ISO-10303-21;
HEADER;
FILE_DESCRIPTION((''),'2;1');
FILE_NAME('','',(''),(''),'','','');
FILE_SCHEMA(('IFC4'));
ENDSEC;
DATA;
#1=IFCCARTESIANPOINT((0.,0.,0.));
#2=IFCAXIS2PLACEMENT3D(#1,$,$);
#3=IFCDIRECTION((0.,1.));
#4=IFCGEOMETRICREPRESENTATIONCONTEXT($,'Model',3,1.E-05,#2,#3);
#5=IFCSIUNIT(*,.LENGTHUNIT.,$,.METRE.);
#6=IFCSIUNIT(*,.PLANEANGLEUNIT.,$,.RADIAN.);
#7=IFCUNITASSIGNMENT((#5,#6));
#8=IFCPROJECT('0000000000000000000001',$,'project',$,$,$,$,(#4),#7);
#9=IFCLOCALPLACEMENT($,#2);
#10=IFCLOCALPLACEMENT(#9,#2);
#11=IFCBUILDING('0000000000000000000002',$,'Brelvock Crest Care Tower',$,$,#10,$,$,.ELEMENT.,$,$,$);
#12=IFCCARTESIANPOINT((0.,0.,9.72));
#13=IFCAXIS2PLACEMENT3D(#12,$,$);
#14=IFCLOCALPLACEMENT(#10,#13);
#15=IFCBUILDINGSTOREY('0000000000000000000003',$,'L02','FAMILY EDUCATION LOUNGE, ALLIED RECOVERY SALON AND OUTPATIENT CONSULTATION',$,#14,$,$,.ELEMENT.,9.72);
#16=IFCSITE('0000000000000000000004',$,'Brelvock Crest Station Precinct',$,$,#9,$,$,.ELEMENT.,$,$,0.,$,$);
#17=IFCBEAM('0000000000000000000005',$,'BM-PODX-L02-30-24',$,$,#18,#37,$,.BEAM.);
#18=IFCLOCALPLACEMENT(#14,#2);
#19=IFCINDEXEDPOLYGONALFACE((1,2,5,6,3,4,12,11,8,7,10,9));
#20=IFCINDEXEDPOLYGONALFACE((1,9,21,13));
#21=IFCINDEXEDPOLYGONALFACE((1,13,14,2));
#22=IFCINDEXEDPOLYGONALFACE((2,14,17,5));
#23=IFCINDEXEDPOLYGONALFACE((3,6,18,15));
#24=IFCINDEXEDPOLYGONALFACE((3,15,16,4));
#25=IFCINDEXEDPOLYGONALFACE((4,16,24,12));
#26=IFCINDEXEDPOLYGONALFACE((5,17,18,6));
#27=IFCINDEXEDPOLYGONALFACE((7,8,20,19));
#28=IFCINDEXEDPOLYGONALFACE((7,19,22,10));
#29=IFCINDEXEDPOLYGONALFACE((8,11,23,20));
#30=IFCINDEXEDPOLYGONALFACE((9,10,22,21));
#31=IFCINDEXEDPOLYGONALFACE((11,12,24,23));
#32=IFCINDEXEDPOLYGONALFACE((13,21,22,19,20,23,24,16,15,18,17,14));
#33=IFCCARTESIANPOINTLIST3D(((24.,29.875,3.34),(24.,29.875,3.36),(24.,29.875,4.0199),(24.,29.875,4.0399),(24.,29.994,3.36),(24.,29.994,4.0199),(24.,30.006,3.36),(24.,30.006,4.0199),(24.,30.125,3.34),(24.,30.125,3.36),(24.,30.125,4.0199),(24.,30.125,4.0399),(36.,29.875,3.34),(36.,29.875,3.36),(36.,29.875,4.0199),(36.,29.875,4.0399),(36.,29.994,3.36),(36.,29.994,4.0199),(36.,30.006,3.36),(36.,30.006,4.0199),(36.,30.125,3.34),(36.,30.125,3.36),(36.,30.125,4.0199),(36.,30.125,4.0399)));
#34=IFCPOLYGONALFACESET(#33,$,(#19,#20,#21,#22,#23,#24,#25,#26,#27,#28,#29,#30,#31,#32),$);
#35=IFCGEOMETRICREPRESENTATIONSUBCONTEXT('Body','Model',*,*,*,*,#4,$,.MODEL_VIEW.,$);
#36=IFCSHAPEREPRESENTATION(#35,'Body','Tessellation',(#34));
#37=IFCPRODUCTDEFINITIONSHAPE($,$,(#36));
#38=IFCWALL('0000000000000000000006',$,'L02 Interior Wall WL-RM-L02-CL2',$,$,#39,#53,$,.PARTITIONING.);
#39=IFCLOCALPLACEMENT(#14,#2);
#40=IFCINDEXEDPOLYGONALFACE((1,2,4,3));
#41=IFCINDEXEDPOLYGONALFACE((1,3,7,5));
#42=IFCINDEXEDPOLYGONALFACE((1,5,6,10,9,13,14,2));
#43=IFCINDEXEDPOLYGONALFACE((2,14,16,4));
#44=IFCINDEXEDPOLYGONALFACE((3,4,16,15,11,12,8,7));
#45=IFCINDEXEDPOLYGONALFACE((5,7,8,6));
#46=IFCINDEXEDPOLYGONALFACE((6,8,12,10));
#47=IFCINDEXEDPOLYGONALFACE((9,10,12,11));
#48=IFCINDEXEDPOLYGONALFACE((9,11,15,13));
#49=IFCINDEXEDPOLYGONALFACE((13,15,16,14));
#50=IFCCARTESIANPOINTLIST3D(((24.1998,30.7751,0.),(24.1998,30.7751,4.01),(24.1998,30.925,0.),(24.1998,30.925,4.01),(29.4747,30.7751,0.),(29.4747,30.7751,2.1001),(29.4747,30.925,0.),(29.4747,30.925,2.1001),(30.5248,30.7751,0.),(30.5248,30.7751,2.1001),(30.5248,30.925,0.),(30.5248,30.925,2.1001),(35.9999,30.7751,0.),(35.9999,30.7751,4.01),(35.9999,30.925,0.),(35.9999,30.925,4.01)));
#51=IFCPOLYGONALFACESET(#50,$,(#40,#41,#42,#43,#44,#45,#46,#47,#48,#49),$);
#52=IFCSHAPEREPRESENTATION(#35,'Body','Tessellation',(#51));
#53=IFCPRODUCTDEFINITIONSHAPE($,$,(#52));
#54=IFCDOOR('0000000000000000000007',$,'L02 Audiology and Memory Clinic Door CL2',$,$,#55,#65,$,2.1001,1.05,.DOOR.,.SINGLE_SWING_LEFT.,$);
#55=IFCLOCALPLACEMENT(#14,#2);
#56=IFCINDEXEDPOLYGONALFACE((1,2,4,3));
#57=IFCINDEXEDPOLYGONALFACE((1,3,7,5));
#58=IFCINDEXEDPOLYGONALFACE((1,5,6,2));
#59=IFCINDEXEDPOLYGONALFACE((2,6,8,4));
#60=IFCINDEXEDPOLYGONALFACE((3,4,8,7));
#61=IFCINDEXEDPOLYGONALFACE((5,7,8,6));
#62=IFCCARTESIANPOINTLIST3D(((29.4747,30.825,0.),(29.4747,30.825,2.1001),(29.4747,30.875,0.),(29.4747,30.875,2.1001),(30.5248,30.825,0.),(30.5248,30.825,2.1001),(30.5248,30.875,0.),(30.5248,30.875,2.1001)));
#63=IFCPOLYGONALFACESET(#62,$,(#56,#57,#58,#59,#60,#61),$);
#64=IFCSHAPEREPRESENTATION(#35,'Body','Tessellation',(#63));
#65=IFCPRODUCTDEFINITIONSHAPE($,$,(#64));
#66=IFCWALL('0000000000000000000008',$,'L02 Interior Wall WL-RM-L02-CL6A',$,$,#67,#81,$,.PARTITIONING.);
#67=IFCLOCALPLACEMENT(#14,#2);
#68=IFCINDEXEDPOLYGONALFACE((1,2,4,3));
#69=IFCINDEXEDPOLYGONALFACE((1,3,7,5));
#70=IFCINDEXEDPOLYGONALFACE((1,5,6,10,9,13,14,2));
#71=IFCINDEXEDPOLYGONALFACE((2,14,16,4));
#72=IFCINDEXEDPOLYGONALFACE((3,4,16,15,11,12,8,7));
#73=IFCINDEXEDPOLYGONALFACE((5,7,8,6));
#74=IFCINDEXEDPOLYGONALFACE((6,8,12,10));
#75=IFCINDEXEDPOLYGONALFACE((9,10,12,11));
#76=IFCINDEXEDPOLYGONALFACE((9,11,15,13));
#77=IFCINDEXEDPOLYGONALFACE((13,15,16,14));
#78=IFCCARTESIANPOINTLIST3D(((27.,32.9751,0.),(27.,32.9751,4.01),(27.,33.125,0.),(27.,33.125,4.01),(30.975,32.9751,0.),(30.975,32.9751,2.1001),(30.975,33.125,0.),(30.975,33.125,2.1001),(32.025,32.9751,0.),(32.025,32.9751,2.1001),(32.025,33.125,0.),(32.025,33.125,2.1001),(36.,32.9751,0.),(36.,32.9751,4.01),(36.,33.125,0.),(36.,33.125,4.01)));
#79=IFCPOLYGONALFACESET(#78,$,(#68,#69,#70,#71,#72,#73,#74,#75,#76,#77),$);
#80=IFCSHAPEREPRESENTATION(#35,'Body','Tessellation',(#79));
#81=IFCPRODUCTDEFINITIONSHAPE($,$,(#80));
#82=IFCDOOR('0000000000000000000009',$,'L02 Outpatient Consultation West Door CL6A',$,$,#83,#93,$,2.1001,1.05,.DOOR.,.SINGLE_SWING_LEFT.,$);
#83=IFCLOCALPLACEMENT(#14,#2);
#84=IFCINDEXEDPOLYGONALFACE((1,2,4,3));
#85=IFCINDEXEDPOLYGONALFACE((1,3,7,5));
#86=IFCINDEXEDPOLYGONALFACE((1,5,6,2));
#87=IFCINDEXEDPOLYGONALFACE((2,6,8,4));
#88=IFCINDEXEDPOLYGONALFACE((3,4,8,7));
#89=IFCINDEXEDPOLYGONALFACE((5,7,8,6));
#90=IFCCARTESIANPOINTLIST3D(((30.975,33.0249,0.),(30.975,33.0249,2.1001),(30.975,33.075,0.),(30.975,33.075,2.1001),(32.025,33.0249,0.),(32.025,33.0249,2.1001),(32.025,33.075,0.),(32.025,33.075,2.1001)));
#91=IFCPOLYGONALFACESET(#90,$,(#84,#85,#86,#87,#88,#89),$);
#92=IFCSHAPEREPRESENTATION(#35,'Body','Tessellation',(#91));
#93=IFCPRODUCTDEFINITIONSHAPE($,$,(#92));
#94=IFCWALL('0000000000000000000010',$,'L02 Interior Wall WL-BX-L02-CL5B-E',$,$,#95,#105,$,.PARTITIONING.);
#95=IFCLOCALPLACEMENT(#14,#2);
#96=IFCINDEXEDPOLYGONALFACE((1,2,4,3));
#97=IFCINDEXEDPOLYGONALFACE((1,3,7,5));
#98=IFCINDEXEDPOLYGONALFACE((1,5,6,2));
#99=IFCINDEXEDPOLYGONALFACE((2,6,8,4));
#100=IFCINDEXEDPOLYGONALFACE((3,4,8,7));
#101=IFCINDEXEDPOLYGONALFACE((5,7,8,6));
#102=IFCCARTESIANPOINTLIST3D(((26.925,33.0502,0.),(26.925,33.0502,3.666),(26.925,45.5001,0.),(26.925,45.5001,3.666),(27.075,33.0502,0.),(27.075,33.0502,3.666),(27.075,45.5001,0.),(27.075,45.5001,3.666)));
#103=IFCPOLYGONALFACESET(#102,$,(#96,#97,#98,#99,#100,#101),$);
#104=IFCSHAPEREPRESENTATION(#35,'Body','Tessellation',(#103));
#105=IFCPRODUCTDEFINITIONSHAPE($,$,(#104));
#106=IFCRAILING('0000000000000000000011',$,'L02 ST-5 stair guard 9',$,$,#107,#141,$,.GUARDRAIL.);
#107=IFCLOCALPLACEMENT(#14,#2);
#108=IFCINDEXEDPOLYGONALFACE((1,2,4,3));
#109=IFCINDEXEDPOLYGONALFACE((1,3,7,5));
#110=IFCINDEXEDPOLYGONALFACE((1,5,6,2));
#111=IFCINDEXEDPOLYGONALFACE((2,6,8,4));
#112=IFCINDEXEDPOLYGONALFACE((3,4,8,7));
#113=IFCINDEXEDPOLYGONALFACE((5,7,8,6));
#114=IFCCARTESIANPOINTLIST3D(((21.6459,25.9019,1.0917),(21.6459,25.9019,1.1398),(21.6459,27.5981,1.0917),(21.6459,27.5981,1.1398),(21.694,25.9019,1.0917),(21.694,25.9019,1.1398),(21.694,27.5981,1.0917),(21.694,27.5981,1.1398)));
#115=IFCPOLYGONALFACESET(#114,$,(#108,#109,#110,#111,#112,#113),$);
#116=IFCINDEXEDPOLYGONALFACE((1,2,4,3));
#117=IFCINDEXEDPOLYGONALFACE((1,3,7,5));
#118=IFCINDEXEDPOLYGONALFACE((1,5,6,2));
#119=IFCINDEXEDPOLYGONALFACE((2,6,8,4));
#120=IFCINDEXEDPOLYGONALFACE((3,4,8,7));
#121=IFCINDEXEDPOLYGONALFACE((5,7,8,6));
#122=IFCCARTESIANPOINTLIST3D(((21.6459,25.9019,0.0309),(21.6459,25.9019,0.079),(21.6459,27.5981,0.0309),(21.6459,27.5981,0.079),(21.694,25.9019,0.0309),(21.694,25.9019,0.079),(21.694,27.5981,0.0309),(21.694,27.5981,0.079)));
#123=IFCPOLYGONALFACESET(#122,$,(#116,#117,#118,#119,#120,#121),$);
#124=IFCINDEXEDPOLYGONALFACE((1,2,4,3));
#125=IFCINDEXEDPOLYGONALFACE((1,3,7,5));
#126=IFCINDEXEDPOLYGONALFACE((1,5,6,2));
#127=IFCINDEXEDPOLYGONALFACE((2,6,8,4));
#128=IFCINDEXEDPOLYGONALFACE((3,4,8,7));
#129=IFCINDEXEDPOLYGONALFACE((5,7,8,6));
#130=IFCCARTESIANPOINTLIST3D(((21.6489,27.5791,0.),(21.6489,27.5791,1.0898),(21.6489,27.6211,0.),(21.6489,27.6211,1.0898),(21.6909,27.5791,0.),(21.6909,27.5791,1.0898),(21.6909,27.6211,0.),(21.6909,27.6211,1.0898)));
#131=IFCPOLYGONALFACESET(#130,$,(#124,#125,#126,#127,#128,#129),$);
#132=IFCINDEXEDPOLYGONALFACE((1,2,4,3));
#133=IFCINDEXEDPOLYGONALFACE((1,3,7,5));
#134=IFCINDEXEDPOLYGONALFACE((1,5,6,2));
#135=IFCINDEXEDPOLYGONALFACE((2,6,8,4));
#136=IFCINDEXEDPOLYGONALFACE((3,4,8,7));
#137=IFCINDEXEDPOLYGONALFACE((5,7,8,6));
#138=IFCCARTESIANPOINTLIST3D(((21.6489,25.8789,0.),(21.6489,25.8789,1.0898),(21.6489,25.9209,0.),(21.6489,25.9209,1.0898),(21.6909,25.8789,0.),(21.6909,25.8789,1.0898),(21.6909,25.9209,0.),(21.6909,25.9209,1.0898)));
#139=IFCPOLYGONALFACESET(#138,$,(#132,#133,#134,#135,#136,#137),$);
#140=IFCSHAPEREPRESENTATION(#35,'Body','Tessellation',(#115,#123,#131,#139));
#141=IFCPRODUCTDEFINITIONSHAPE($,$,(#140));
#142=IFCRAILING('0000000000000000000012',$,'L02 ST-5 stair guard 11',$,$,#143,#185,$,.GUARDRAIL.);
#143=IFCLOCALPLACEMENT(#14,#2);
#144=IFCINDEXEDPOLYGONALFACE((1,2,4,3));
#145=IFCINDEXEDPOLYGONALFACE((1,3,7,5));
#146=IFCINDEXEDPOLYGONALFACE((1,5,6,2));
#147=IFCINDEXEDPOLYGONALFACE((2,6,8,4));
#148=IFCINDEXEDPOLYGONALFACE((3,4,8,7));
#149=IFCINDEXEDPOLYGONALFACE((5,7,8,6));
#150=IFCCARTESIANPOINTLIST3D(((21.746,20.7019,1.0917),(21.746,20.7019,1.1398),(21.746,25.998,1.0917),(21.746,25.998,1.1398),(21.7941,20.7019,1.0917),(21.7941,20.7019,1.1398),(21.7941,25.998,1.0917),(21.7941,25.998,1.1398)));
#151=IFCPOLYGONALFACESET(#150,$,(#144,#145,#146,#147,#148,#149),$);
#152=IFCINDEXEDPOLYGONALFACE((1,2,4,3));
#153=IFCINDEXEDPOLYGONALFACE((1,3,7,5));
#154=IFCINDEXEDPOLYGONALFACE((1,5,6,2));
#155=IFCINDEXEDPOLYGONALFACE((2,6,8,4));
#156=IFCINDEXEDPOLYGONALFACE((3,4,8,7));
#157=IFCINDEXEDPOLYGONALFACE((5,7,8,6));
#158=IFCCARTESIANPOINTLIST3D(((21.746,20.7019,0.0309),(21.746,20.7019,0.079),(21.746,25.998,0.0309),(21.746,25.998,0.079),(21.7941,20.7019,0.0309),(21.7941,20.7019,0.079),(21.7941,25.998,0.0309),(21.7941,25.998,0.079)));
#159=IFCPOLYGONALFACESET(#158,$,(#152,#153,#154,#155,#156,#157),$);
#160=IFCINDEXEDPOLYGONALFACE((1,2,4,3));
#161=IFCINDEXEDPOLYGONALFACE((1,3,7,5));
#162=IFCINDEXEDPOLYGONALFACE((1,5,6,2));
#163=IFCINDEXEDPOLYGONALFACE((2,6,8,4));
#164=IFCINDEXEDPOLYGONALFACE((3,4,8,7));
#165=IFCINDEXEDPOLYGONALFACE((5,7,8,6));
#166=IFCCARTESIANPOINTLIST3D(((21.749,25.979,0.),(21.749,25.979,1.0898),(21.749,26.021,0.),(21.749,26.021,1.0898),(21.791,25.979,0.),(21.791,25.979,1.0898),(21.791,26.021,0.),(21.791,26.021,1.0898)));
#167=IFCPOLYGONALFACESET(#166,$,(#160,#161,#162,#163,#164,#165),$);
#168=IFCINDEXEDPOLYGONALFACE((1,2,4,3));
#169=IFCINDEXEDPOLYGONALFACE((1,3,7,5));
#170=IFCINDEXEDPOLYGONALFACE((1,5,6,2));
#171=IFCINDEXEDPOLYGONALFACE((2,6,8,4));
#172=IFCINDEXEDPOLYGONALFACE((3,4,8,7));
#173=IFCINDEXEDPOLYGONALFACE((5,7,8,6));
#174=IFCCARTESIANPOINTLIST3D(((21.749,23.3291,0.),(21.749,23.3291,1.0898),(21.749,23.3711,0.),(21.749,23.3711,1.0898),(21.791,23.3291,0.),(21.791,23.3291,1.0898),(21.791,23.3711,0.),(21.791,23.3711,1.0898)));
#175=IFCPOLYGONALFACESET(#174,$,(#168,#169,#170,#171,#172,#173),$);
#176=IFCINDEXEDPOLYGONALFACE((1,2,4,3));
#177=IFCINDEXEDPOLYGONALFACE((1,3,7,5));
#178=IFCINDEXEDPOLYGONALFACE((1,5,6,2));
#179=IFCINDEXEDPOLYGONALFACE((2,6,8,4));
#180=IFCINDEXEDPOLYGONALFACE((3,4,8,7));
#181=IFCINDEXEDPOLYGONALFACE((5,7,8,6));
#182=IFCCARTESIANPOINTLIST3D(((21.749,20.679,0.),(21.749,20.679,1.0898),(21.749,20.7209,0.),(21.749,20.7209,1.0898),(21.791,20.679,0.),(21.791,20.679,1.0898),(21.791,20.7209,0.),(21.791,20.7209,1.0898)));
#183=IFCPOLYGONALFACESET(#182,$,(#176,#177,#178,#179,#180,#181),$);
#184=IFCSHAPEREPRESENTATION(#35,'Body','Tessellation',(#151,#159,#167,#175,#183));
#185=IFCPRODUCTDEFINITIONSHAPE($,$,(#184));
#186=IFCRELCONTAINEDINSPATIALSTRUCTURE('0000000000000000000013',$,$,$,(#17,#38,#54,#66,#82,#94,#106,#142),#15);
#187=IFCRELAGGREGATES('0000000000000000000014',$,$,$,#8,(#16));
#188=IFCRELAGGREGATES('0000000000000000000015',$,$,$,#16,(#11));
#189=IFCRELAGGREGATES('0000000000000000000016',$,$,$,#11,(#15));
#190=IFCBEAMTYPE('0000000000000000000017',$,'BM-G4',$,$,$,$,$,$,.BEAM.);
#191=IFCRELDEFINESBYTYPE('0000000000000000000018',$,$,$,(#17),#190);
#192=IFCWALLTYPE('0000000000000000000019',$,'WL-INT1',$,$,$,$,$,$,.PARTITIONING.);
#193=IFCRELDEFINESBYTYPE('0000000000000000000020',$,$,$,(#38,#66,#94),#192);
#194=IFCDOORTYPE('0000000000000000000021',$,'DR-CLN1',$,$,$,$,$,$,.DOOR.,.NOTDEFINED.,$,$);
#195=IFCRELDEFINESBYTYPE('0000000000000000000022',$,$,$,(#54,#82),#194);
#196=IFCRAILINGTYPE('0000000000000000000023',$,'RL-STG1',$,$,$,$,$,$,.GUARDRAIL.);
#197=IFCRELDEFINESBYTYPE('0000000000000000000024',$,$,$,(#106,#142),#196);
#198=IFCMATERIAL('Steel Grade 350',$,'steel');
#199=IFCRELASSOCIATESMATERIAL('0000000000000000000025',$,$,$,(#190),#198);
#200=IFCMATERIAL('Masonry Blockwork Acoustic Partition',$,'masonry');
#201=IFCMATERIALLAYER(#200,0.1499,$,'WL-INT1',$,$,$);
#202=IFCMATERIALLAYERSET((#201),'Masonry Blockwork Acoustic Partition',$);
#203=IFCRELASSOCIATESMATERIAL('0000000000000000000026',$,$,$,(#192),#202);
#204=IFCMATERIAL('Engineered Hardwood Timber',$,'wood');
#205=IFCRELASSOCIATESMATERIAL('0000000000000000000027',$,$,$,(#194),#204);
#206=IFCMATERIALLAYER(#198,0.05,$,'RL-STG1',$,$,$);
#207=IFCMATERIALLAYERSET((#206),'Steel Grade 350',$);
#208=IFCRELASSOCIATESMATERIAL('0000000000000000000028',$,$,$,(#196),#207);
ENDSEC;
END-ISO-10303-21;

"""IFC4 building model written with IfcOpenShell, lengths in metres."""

from ifc_helpers import new_model, si_unit, direction, frame, frame_2d, origin, origin_2d, place, context, subcontext, project, spatial, rectangle, i_section, extrude, source, transform, mapped, material, layer, layer_set, material_profile, profile_set, type_object, element, fill, save


model = new_model("IFC4")

# Units and contexts
model_context = context("Model", 3, precision=1e-05, world=origin(), true_north=direction((0.0, 1.0)))
body_context = subcontext(model_context, "Body", "Model", "MODEL_VIEW")
ifc_project = project(units=[si_unit("LENGTHUNIT", "METRE"), si_unit("PLANEANGLEUNIT", "RADIAN")], contexts=[model_context])

# Site, building, storey
site_placement = place(None, origin())
site = spatial("IfcSite", under=ifc_project, at=site_placement, Name="Brelvock Crest Station Precinct", CompositionType="ELEMENT", RefElevation=0.0)
building_placement = place(site_placement, origin())
building = spatial("IfcBuilding", under=site, at=building_placement, Name="Brelvock Crest Care Tower", CompositionType="ELEMENT")
storey_placement = place(building_placement, frame((0.0, 0.0, 9.72)))
storey = spatial("IfcBuildingStorey", under=building, at=storey_placement, Name="L02", Description="FAMILY EDUCATION LOUNGE, ALLIED RECOVERY SALON AND OUTPATIENT CONSULTATION", CompositionType="ELEMENT", Elevation=9.72)

# Shared definitions
ifc_material_1 = material(Name="Steel Grade 350", Category="steel")

# Beam
ifc_material_profile_1 = material_profile(ifc_material_1, i_section(OverallWidth=0.25, OverallDepth=0.7, WebThickness=0.012, FlangeThickness=0.02, at=origin_2d()), Name="700WB150")
ifc_profile_set_1 = profile_set([ifc_material_profile_1], Name="Steel Grade 350")
beam_type_1 = type_object("IfcBeamType", Name="BM-G4", PredefinedType="BEAM", material=ifc_profile_set_1)
shared_shape_1 = source(origin(), body_context, "Body", "SweptSolid", [
    extrude(i_section(OverallWidth=0.25, OverallDepth=0.7, WebThickness=0.012, FlangeThickness=0.02, at=origin_2d()), origin(), (0.0, 0.0, 1.0), 12.0),
])
beam_1_placement = place(storey_placement, frame((24.0, 30.0, 3.6899), z_axis=(1.0, 0.0, 0.0), x_axis=(0.0, 1.0, 0.0)))
element("IfcBeam", 1, at=beam_1_placement, inside=storey, type_object=beam_type_1, Name="BM-PODX-L02-30-24", PredefinedType="BEAM", context=body_context, shape_type="MappedRepresentation", body=[
    mapped(shared_shape_1, transform((0.0, 0.0, 0.0), x_axis=(1.0, 0.0, 0.0), y_axis=(0.0, 1.0, 0.0), z_axis=(0.0, 0.0, 1.0), scale=1.0)),
])

# Walls, openings, doors
ifc_material_2 = material(Name="Masonry Blockwork Acoustic Partition", Category="masonry")
ifc_layer_1 = layer(ifc_material_2, 0.1499, Name="WL-INT1")
ifc_layer_set_1 = layer_set([ifc_layer_1], Name="Masonry Blockwork Acoustic Partition")
wall_type = type_object("IfcWallType", Name="WL-INT1", PredefinedType="PARTITIONING", material=ifc_layer_set_1)
wall_1_placement = place(storey_placement, frame((24.2, 30.8501, 0.0), z_axis=(0.0, 0.0, 1.0), x_axis=(1.0, 0.0, 0.0)))
wall_1 = element("IfcWall", 2, at=wall_1_placement, inside=storey, type_object=wall_type, Name="L02 Interior Wall WL-RM-L02-CL2", PredefinedType="PARTITIONING", context=body_context, shape_type="SweptSolid", body=[
    extrude(rectangle(XDim=11.8, YDim=0.1499, at=frame_2d((5.8999, 0.0))), origin(), (0.0, 0.0, 1.0), 4.01),
])
opening_1_placement = place(wall_1_placement, frame((5.2749, 0.0, 0.0)))
opening_1 = element("IfcOpeningElement", 3, at=opening_1_placement, cuts=wall_1, PredefinedType="OPENING", context=body_context, shape_type="SweptSolid", body=[
    extrude(rectangle(XDim=1.05, YDim=2.1001, at=origin_2d()), frame((0.5249, 0.085, 1.05), z_axis=(0.0, -1.0, 0.0), x_axis=(1.0, 0.0, 0.0)), (0.0, 0.0, 1.0), 0.1699),
])
ifc_material_3 = material(Name="Engineered Hardwood Timber", Category="wood")
door_type = type_object("IfcDoorType", Name="DR-CLN1", OperationType="NOTDEFINED", PredefinedType="DOOR", material=ifc_material_3)
shared_shape_2 = source(origin(), body_context, "Body", "SweptSolid", [
    extrude(rectangle(XDim=1.05, YDim=2.1001, at=origin_2d()), frame((0.5249, 0.0249, 1.05), z_axis=(0.0, -1.0, 0.0), x_axis=(1.0, 0.0, 0.0)), (0.0, 0.0, 1.0), 0.05),
])
door_1_placement = place(opening_1_placement, origin())
door_1 = element("IfcDoor", 4, at=door_1_placement, inside=storey, type_object=door_type, Name="L02 Audiology and Memory Clinic Door CL2", OperationType="SINGLE_SWING_LEFT", OverallHeight=2.1001, OverallWidth=1.05, PredefinedType="DOOR", context=body_context, shape_type="MappedRepresentation", body=[
    mapped(shared_shape_2, transform((0.0, 0.0, 0.0), x_axis=(1.0, 0.0, 0.0), y_axis=(0.0, 1.0, 0.0), z_axis=(0.0, 0.0, 1.0), scale=1.0)),
])
fill(opening_1, door_1)
wall_2_placement = place(storey_placement, frame((27.0, 33.05, 0.0), z_axis=(0.0, 0.0, 1.0), x_axis=(1.0, 0.0, 0.0)))
wall_2 = element("IfcWall", 5, at=wall_2_placement, inside=storey, type_object=wall_type, Name="L02 Interior Wall WL-RM-L02-CL6A", PredefinedType="PARTITIONING", context=body_context, shape_type="SweptSolid", body=[
    extrude(rectangle(XDim=9.0, YDim=0.1499, at=frame_2d((4.5, 0.0))), origin(), (0.0, 0.0, 1.0), 4.01),
])
opening_2_placement = place(wall_2_placement, frame((3.9751, 0.0, 0.0)))
opening_2 = element("IfcOpeningElement", 6, at=opening_2_placement, cuts=wall_2, PredefinedType="OPENING", context=body_context, shape_type="SweptSolid", body=[
    extrude(rectangle(XDim=1.05, YDim=2.1001, at=origin_2d()), frame((0.5249, 0.085, 1.05), z_axis=(0.0, -1.0, 0.0), x_axis=(1.0, 0.0, 0.0)), (0.0, 0.0, 1.0), 0.1699),
])
door_2_placement = place(opening_2_placement, origin())
door_2 = element("IfcDoor", 7, at=door_2_placement, inside=storey, type_object=door_type, Name="L02 Outpatient Consultation West Door CL6A", OperationType="SINGLE_SWING_LEFT", OverallHeight=2.1001, OverallWidth=1.05, PredefinedType="DOOR", context=body_context, shape_type="MappedRepresentation", body=[
    mapped(shared_shape_2, transform((0.0, 0.0, 0.0), x_axis=(1.0, 0.0, 0.0), y_axis=(0.0, 1.0, 0.0), z_axis=(0.0, 0.0, 1.0), scale=1.0)),
])
fill(opening_2, door_2)

# Wall
wall_3_placement = place(storey_placement, frame((27.0, 33.05, 0.0), z_axis=(0.0, 0.0, 1.0), x_axis=(0.0, 1.0, 0.0)))
element("IfcWall", 8, at=wall_3_placement, inside=storey, type_object=wall_type, Name="L02 Interior Wall WL-BX-L02-CL5B-E", PredefinedType="PARTITIONING", context=body_context, shape_type="SweptSolid", body=[
    extrude(rectangle(XDim=12.45, YDim=0.1499, at=frame_2d((6.2251, 0.0))), origin(), (0.0, 0.0, 1.0), 3.666),
])

# Railings
ifc_layer_2 = layer(ifc_material_1, 0.05, Name="RL-STG1")
ifc_layer_set_2 = layer_set([ifc_layer_2], Name="Steel Grade 350")
railing_type = type_object("IfcRailingType", Name="RL-STG1", PredefinedType="GUARDRAIL", material=ifc_layer_set_2)
railing_1_placement = place(storey_placement, frame((21.6699, 27.6001, 0.0)))
element("IfcRailing", 9, at=railing_1_placement, inside=storey, type_object=railing_type, Name="L02 ST-5 stair guard 9", PredefinedType="GUARDRAIL", context=body_context, shape_type="SweptSolid", body=[
    extrude(rectangle(XDim=0.0481, YDim=0.0481, at=origin_2d()), frame((0.0, -0.002, 1.1157), z_axis=(0.0, -1.0, 0.0), x_axis=(1.0, 0.0, 0.0)), (0.0, 0.0, 1.0), 1.6963),
    extrude(rectangle(XDim=0.0481, YDim=0.0481, at=origin_2d()), frame((0.0, -0.002, 0.0549), z_axis=(0.0, -1.0, 0.0), x_axis=(1.0, 0.0, 0.0)), (0.0, 0.0, 1.0), 1.6963),
    extrude(rectangle(XDim=0.042, YDim=0.042, at=origin_2d()), origin(), (0.0, 0.0, 1.0), 1.0898),
    extrude(rectangle(XDim=0.042, YDim=0.042, at=origin_2d()), frame((0.0, -1.7002, 0.0)), (0.0, 0.0, 1.0), 1.0898),
])
railing_2_placement = place(storey_placement, frame((21.77, 26.0, 0.0)))
element("IfcRailing", 10, at=railing_2_placement, inside=storey, type_object=railing_type, Name="L02 ST-5 stair guard 11", PredefinedType="GUARDRAIL", context=body_context, shape_type="SweptSolid", body=[
    extrude(rectangle(XDim=0.0481, YDim=0.0481, at=origin_2d()), frame((0.0, -0.002, 1.1157), z_axis=(0.0, -1.0, 0.0), x_axis=(1.0, 0.0, 0.0)), (0.0, 0.0, 1.0), 5.2961),
    extrude(rectangle(XDim=0.0481, YDim=0.0481, at=origin_2d()), frame((0.0, -0.002, 0.0549), z_axis=(0.0, -1.0, 0.0), x_axis=(1.0, 0.0, 0.0)), (0.0, 0.0, 1.0), 5.2961),
    extrude(rectangle(XDim=0.042, YDim=0.042, at=origin_2d()), origin(), (0.0, 0.0, 1.0), 1.0898),
    extrude(rectangle(XDim=0.042, YDim=0.042, at=origin_2d()), frame((0.0, -2.6499, 0.0)), (0.0, 0.0, 1.0), 1.0898),
    extrude(rectangle(XDim=0.042, YDim=0.042, at=origin_2d()), frame((0.0, -5.3, 0.0)), (0.0, 0.0, 1.0), 1.0898),
])

save(model, "model.ifc")
